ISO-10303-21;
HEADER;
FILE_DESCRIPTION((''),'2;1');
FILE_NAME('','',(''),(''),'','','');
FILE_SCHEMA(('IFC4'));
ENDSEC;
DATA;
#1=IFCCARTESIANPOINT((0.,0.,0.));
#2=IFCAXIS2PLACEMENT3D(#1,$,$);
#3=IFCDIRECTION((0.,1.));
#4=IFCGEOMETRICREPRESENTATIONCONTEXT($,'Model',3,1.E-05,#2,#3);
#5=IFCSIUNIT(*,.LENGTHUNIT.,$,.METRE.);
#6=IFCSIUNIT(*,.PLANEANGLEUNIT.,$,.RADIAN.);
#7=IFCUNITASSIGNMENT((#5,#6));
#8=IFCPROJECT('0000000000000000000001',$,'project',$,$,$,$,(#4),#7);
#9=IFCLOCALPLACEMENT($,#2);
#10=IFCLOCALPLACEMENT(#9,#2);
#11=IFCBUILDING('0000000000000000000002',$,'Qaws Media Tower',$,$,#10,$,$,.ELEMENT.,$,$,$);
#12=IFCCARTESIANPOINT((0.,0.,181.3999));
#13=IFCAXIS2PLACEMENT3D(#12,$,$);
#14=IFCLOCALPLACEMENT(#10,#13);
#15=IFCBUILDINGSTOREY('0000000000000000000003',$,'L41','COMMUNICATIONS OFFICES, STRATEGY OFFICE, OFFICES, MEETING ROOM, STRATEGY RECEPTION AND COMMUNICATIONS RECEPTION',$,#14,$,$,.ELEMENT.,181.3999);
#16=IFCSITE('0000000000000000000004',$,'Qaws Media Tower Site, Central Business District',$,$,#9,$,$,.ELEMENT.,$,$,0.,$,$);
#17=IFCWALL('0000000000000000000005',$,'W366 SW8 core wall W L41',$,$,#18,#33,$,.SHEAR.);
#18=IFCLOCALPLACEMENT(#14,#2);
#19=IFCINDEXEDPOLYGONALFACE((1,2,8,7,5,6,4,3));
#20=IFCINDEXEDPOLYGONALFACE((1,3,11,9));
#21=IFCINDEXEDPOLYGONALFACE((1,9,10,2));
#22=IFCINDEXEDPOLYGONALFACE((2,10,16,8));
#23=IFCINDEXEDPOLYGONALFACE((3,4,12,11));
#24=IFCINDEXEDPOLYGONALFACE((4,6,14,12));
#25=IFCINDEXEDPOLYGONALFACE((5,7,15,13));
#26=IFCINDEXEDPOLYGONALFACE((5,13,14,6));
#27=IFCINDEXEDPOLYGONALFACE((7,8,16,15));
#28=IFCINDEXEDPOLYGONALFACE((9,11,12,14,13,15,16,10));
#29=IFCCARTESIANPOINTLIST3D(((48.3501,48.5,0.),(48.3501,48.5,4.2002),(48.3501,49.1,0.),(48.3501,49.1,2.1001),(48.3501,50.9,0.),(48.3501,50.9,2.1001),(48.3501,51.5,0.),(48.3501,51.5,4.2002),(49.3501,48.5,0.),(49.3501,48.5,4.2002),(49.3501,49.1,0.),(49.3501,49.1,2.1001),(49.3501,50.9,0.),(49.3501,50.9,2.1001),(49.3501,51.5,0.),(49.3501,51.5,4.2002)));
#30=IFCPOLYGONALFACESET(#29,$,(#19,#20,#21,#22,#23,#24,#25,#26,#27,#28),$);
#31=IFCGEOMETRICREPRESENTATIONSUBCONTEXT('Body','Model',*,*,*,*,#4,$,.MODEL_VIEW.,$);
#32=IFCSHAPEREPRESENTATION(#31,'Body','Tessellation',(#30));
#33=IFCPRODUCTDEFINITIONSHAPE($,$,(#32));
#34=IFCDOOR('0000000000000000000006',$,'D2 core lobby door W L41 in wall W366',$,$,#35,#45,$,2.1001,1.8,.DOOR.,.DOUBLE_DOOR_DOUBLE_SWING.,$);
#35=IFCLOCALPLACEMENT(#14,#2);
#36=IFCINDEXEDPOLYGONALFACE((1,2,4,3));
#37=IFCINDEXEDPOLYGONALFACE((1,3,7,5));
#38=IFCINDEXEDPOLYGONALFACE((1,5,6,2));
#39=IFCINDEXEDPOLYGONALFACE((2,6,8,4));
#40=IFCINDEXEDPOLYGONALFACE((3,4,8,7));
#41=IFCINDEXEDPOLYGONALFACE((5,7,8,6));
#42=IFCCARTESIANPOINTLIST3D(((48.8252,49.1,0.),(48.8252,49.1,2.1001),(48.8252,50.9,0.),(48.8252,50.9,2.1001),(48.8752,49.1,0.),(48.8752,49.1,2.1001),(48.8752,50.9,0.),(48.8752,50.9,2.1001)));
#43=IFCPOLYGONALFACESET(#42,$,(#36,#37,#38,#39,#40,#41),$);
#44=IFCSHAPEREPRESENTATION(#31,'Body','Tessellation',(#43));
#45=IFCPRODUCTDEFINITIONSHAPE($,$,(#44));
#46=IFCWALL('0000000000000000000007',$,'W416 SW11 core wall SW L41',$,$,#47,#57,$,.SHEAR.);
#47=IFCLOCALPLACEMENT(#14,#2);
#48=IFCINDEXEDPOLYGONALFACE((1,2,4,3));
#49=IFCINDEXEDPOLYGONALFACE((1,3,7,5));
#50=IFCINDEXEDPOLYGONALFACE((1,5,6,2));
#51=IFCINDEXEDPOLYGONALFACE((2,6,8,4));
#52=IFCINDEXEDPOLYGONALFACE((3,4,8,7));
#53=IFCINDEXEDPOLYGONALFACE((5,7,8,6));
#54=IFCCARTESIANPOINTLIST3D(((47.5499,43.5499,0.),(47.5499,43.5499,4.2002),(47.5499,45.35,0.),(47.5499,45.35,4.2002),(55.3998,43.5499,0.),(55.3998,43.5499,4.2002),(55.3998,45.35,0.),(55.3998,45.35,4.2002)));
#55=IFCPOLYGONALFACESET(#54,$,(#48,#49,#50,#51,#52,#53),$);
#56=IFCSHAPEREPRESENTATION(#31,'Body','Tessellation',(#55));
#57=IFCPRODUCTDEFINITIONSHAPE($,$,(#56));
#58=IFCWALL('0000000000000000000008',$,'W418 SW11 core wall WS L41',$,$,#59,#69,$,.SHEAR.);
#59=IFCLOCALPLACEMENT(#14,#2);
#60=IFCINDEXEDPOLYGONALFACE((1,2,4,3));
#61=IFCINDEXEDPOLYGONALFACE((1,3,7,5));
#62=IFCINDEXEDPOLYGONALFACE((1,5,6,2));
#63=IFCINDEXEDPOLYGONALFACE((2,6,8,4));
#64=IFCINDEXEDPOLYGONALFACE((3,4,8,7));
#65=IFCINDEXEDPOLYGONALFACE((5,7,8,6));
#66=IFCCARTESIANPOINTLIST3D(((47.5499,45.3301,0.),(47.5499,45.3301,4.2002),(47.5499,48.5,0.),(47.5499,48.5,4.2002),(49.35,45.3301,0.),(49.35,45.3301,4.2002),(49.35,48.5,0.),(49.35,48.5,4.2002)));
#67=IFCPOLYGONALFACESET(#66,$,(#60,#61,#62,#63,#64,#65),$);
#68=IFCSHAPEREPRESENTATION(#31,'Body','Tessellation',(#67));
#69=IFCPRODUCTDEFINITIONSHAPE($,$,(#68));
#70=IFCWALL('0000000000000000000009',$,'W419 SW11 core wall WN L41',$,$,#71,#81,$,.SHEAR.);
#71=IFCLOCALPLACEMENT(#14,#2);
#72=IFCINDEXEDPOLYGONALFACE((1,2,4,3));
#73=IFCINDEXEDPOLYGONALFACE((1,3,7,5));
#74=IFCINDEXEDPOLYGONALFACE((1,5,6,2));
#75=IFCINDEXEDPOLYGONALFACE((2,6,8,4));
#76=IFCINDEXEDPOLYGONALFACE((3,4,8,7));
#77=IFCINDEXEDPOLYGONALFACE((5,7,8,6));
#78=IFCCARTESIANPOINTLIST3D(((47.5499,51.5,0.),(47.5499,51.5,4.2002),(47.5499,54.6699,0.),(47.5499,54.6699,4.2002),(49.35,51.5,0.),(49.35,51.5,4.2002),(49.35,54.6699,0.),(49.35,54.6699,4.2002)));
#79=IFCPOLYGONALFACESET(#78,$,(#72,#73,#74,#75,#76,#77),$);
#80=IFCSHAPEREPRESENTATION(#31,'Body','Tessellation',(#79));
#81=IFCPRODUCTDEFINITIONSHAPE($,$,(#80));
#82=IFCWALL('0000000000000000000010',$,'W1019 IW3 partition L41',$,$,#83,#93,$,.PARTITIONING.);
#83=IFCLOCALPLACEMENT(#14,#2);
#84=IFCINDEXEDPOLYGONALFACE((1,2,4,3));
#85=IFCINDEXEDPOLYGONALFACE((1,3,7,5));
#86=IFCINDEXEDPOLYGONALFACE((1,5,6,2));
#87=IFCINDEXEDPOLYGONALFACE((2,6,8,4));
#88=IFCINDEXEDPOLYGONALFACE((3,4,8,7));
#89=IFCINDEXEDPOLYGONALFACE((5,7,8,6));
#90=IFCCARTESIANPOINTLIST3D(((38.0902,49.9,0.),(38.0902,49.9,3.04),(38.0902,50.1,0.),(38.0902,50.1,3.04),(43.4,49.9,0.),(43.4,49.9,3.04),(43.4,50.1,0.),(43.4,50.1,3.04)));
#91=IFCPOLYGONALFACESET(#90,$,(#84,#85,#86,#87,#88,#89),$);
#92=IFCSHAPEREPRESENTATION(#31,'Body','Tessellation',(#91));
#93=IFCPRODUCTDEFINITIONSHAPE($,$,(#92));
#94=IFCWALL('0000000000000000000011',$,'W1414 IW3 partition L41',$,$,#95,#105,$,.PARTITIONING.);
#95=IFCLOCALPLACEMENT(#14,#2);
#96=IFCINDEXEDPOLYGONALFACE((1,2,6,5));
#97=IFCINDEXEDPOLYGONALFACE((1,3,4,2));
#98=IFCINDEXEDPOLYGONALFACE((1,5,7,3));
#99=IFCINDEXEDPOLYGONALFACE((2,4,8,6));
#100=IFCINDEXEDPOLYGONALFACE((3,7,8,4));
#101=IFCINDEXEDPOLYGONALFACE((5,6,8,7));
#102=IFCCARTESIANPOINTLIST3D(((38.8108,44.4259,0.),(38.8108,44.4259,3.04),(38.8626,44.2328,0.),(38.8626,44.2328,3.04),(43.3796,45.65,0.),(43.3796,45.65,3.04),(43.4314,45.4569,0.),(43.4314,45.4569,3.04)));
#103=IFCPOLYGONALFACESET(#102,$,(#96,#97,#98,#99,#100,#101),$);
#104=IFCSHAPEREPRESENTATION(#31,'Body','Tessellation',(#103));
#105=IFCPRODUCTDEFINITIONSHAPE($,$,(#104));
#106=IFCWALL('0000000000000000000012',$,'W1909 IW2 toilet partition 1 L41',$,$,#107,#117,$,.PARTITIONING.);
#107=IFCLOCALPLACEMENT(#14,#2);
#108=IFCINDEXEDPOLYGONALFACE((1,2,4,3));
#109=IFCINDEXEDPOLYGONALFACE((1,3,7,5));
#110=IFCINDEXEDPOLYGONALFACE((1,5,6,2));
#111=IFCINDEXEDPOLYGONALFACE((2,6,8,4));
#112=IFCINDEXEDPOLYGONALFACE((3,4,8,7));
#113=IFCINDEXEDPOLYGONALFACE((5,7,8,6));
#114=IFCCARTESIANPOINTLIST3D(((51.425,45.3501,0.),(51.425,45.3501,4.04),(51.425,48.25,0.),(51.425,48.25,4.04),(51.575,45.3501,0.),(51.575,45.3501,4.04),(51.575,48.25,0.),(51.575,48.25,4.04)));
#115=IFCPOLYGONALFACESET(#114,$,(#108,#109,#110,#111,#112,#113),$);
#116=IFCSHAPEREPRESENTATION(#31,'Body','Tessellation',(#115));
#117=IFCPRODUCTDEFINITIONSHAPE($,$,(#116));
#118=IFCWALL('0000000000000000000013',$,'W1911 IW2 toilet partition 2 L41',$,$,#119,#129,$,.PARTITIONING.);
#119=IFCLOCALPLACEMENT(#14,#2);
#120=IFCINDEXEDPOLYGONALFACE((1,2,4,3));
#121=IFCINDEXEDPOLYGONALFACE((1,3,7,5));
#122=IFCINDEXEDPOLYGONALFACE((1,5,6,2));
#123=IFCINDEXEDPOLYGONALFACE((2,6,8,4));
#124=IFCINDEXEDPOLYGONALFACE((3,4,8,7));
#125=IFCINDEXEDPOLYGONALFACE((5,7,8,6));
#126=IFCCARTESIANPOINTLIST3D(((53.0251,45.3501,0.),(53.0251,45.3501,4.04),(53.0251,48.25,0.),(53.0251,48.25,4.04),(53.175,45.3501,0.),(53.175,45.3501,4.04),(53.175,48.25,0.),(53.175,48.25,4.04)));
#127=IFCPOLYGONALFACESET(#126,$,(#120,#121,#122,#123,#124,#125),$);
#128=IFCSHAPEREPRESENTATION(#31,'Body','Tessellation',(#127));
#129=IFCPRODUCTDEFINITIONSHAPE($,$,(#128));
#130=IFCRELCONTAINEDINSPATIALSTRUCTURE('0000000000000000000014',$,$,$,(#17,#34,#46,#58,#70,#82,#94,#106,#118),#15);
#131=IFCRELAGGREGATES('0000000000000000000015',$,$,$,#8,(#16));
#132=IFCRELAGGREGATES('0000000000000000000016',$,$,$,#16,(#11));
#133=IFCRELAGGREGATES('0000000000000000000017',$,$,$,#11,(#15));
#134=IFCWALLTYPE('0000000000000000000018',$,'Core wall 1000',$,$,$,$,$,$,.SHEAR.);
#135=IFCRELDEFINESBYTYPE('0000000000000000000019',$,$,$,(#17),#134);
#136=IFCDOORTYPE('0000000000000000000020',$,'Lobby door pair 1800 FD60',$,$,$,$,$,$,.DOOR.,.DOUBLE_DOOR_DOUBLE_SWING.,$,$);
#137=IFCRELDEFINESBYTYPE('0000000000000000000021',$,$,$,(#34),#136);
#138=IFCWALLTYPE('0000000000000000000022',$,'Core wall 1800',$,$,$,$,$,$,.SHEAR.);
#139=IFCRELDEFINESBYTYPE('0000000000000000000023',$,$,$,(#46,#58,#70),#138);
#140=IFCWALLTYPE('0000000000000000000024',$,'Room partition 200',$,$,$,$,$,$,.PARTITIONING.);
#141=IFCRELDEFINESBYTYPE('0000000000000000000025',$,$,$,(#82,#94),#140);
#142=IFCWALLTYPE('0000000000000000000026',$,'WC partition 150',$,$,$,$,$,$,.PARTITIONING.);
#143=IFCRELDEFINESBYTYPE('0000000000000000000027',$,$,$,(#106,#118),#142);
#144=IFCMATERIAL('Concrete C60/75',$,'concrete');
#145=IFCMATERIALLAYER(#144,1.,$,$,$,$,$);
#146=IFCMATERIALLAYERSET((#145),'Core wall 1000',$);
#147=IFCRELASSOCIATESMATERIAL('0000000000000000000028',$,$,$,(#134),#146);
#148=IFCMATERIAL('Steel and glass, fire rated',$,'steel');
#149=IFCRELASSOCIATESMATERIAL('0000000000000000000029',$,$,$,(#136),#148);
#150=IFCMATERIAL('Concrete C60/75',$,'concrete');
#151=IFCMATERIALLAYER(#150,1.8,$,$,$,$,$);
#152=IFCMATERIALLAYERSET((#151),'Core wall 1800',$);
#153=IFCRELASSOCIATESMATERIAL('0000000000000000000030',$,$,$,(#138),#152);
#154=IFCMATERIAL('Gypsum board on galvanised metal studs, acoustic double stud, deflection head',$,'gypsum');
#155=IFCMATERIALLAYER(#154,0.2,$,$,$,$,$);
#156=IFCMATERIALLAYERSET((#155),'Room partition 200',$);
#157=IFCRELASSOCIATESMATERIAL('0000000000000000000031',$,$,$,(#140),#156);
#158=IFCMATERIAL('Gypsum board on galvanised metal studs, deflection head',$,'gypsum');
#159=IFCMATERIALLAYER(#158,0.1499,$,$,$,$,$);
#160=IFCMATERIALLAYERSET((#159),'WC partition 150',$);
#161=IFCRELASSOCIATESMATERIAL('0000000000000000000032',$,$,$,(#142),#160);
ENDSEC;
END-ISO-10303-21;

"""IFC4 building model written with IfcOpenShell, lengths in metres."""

from ifc_helpers import new_model, si_unit, direction, frame, frame_2d, origin, place, context, subcontext, project, spatial, rectangle, extrude, material, layer, layer_set, type_object, element, fill, save


model = new_model("IFC4")

# Units and contexts
model_context = context("Model", 3, precision=1e-05, world=origin(), true_north=direction((0.0, 1.0)))
body_context = subcontext(model_context, "Body", "Model", "MODEL_VIEW")
ifc_project = project(units=[si_unit("LENGTHUNIT", "METRE"), si_unit("PLANEANGLEUNIT", "RADIAN")], contexts=[model_context])

# Site, building, storey
site_placement = place(None, origin())
site = spatial("IfcSite", under=ifc_project, at=site_placement, Name="Qaws Media Tower Site, Central Business District", CompositionType="ELEMENT", RefElevation=0.0)
building_placement = place(site_placement, origin())
building = spatial("IfcBuilding", under=site, at=building_placement, Name="Qaws Media Tower", CompositionType="ELEMENT")
storey_placement = place(building_placement, frame((0.0, 0.0, 181.3999)))
storey = spatial("IfcBuildingStorey", under=building, at=storey_placement, Name="L41", Description="COMMUNICATIONS OFFICES, STRATEGY OFFICE, OFFICES, MEETING ROOM, STRATEGY RECEPTION AND COMMUNICATIONS RECEPTION", CompositionType="ELEMENT", Elevation=181.3999)

# Wall, opening, door
ifc_material_1 = material(Name="Concrete C60/75", Category="concrete")
ifc_layer_1 = layer(ifc_material_1, 1.0)
ifc_layer_set_1 = layer_set([ifc_layer_1], Name="Core wall 1000")
wall_type_1 = type_object("IfcWallType", Name="Core wall 1000", PredefinedType="SHEAR", material=ifc_layer_set_1)
wall_1_placement = place(storey_placement, frame((48.8501, 48.5, 0.0), z_axis=(0.0, 0.0, 1.0), x_axis=(0.0, 1.0, 0.0)))
wall_1 = element("IfcWall", 1, at=wall_1_placement, inside=storey, type_object=wall_type_1, Name="W366 SW8 core wall W L41", PredefinedType="SHEAR", context=body_context, shape_type="SweptSolid", body=[
    extrude(rectangle(XDim=3.0, YDim=1.0, at=frame_2d((1.5, 0.0))), origin(), (0.0, 0.0, 1.0), 4.2002),
])
opening_1_placement = place(wall_1_placement, frame((0.6001, 0.0, 0.0)))
opening_1 = element("IfcOpeningElement", 2, at=opening_1_placement, cuts=wall_1, PredefinedType="OPENING", context=body_context, shape_type="SweptSolid", body=[
    extrude(rectangle(XDim=1.8, YDim=2.1001, at=frame_2d((0.8999, 1.05))), frame((0.0, 0.51, 0.0), z_axis=(0.0, -1.0, 0.0), x_axis=(1.0, 0.0, 0.0)), (0.0, 0.0, 1.0), 1.02),
])
ifc_material_2 = material(Name="Steel and glass, fire rated", Category="steel")
door_type_1 = type_object("IfcDoorType", Name="Lobby door pair 1800 FD60", OperationType="DOUBLE_DOOR_DOUBLE_SWING", PredefinedType="DOOR", material=ifc_material_2)
door_1_placement = place(opening_1_placement, origin())
door_1 = element("IfcDoor", 3, at=door_1_placement, inside=storey, type_object=door_type_1, Name="D2 core lobby door W L41 in wall W366", OperationType="DOUBLE_DOOR_DOUBLE_SWING", OverallHeight=2.1001, OverallWidth=1.8, PredefinedType="DOOR", context=body_context, shape_type="SweptSolid", body=[
    extrude(rectangle(XDim=1.8, YDim=2.1001, at=frame_2d((0.8999, 1.05))), frame((0.0, 0.0249, 0.0), z_axis=(0.0, -1.0, 0.0), x_axis=(1.0, 0.0, 0.0)), (0.0, 0.0, 1.0), 0.05),
])
fill(opening_1, door_1)

# Walls
ifc_material_3 = material(Name="Concrete C60/75", Category="concrete")
ifc_layer_2 = layer(ifc_material_3, 1.8)
ifc_layer_set_2 = layer_set([ifc_layer_2], Name="Core wall 1800")
wall_type_2 = type_object("IfcWallType", Name="Core wall 1800", PredefinedType="SHEAR", material=ifc_layer_set_2)
wall_2_placement = place(storey_placement, frame((47.55, 44.45, 0.0), z_axis=(0.0, 0.0, 1.0), x_axis=(1.0, 0.0, 0.0)))
element("IfcWall", 4, at=wall_2_placement, inside=storey, type_object=wall_type_2, Name="W416 SW11 core wall SW L41", PredefinedType="SHEAR", context=body_context, shape_type="SweptSolid", body=[
    extrude(rectangle(XDim=7.8499, YDim=1.8, at=frame_2d((3.9248, 0.0))), origin(), (0.0, 0.0, 1.0), 4.2002),
])
for number, where, z_axis, x_axis, name in (
    (5, (48.45, 45.3301, 0.0), (0.0, 0.0, 1.0), (0.0, 1.0, 0.0), "W418 SW11 core wall WS L41"),
    (6, (48.45, 51.5, 0.0), (0.0, 0.0, 1.0), (0.0, 1.0, 0.0), "W419 SW11 core wall WN L41"),
):
    element("IfcWall", number, at=place(storey_placement, frame(where, z_axis=z_axis, x_axis=x_axis)), inside=storey, type_object=wall_type_2, Name=name, PredefinedType="SHEAR", context=body_context, shape_type="SweptSolid", body=[
        extrude(rectangle(XDim=3.1699, YDim=1.8, at=frame_2d((1.585, 0.0))), origin(), (0.0, 0.0, 1.0), 4.2002),
    ])

# Shared definitions
ifc_material_4 = material(Name="Gypsum board on galvanised metal studs, acoustic double stud, deflection head", Category="gypsum")
ifc_layer_3 = layer(ifc_material_4, 0.2)
ifc_layer_set_3 = layer_set([ifc_layer_3], Name="Room partition 200")
wall_type_3 = type_object("IfcWallType", Name="Room partition 200", PredefinedType="PARTITIONING", material=ifc_layer_set_3)

# Walls
wall_3_placement = place(storey_placement, frame((43.3999, 50.0, 0.0), z_axis=(0.0, 0.0, 1.0), x_axis=(-1.0, 0.0, 0.0)))
element("IfcWall", 7, at=wall_3_placement, inside=storey, type_object=wall_type_3, Name="W1019 IW3 partition L41", PredefinedType="PARTITIONING", context=body_context, shape_type="SweptSolid", body=[
    extrude(rectangle(XDim=5.3098, YDim=0.2, at=frame_2d((2.6548, 0.0))), origin(), (0.0, 0.0, 1.0), 3.04),
])
wall_4_placement = place(storey_placement, frame((43.4055, 45.5535, 0.0), z_axis=(0.0, 0.0, 1.0), x_axis=(-0.965931, -0.2588, 0.0)))
element("IfcWall", 8, at=wall_4_placement, inside=storey, type_object=wall_type_3, Name="W1414 IW3 partition L41", PredefinedType="PARTITIONING", context=body_context, shape_type="SweptSolid", body=[
    extrude(rectangle(XDim=4.73, YDim=0.2, at=frame_2d((2.365, 0.0))), origin(), (0.0, 0.0, 1.0), 3.04),
])
ifc_material_5 = material(Name="Gypsum board on galvanised metal studs, deflection head", Category="gypsum")
ifc_layer_4 = layer(ifc_material_5, 0.1499)
ifc_layer_set_4 = layer_set([ifc_layer_4], Name="WC partition 150")
wall_type_4 = type_object("IfcWallType", Name="WC partition 150", PredefinedType="PARTITIONING", material=ifc_layer_set_4)
for number, where, z_axis, x_axis, name in (
    (9, (51.5, 45.3501, 0.0), (0.0, 0.0, 1.0), (0.0, 1.0, 0.0), "W1909 IW2 toilet partition 1 L41"),
    (10, (53.1001, 45.3501, 0.0), (0.0, 0.0, 1.0), (0.0, 1.0, 0.0), "W1911 IW2 toilet partition 2 L41"),
):
    element("IfcWall", number, at=place(storey_placement, frame(where, z_axis=z_axis, x_axis=x_axis)), inside=storey, type_object=wall_type_4, Name=name, PredefinedType="PARTITIONING", context=body_context, shape_type="SweptSolid", body=[
        extrude(rectangle(XDim=2.8999, YDim=0.1499, at=frame_2d((1.45, 0.0))), origin(), (0.0, 0.0, 1.0), 4.04),
    ])

save(model, "model.ifc")
